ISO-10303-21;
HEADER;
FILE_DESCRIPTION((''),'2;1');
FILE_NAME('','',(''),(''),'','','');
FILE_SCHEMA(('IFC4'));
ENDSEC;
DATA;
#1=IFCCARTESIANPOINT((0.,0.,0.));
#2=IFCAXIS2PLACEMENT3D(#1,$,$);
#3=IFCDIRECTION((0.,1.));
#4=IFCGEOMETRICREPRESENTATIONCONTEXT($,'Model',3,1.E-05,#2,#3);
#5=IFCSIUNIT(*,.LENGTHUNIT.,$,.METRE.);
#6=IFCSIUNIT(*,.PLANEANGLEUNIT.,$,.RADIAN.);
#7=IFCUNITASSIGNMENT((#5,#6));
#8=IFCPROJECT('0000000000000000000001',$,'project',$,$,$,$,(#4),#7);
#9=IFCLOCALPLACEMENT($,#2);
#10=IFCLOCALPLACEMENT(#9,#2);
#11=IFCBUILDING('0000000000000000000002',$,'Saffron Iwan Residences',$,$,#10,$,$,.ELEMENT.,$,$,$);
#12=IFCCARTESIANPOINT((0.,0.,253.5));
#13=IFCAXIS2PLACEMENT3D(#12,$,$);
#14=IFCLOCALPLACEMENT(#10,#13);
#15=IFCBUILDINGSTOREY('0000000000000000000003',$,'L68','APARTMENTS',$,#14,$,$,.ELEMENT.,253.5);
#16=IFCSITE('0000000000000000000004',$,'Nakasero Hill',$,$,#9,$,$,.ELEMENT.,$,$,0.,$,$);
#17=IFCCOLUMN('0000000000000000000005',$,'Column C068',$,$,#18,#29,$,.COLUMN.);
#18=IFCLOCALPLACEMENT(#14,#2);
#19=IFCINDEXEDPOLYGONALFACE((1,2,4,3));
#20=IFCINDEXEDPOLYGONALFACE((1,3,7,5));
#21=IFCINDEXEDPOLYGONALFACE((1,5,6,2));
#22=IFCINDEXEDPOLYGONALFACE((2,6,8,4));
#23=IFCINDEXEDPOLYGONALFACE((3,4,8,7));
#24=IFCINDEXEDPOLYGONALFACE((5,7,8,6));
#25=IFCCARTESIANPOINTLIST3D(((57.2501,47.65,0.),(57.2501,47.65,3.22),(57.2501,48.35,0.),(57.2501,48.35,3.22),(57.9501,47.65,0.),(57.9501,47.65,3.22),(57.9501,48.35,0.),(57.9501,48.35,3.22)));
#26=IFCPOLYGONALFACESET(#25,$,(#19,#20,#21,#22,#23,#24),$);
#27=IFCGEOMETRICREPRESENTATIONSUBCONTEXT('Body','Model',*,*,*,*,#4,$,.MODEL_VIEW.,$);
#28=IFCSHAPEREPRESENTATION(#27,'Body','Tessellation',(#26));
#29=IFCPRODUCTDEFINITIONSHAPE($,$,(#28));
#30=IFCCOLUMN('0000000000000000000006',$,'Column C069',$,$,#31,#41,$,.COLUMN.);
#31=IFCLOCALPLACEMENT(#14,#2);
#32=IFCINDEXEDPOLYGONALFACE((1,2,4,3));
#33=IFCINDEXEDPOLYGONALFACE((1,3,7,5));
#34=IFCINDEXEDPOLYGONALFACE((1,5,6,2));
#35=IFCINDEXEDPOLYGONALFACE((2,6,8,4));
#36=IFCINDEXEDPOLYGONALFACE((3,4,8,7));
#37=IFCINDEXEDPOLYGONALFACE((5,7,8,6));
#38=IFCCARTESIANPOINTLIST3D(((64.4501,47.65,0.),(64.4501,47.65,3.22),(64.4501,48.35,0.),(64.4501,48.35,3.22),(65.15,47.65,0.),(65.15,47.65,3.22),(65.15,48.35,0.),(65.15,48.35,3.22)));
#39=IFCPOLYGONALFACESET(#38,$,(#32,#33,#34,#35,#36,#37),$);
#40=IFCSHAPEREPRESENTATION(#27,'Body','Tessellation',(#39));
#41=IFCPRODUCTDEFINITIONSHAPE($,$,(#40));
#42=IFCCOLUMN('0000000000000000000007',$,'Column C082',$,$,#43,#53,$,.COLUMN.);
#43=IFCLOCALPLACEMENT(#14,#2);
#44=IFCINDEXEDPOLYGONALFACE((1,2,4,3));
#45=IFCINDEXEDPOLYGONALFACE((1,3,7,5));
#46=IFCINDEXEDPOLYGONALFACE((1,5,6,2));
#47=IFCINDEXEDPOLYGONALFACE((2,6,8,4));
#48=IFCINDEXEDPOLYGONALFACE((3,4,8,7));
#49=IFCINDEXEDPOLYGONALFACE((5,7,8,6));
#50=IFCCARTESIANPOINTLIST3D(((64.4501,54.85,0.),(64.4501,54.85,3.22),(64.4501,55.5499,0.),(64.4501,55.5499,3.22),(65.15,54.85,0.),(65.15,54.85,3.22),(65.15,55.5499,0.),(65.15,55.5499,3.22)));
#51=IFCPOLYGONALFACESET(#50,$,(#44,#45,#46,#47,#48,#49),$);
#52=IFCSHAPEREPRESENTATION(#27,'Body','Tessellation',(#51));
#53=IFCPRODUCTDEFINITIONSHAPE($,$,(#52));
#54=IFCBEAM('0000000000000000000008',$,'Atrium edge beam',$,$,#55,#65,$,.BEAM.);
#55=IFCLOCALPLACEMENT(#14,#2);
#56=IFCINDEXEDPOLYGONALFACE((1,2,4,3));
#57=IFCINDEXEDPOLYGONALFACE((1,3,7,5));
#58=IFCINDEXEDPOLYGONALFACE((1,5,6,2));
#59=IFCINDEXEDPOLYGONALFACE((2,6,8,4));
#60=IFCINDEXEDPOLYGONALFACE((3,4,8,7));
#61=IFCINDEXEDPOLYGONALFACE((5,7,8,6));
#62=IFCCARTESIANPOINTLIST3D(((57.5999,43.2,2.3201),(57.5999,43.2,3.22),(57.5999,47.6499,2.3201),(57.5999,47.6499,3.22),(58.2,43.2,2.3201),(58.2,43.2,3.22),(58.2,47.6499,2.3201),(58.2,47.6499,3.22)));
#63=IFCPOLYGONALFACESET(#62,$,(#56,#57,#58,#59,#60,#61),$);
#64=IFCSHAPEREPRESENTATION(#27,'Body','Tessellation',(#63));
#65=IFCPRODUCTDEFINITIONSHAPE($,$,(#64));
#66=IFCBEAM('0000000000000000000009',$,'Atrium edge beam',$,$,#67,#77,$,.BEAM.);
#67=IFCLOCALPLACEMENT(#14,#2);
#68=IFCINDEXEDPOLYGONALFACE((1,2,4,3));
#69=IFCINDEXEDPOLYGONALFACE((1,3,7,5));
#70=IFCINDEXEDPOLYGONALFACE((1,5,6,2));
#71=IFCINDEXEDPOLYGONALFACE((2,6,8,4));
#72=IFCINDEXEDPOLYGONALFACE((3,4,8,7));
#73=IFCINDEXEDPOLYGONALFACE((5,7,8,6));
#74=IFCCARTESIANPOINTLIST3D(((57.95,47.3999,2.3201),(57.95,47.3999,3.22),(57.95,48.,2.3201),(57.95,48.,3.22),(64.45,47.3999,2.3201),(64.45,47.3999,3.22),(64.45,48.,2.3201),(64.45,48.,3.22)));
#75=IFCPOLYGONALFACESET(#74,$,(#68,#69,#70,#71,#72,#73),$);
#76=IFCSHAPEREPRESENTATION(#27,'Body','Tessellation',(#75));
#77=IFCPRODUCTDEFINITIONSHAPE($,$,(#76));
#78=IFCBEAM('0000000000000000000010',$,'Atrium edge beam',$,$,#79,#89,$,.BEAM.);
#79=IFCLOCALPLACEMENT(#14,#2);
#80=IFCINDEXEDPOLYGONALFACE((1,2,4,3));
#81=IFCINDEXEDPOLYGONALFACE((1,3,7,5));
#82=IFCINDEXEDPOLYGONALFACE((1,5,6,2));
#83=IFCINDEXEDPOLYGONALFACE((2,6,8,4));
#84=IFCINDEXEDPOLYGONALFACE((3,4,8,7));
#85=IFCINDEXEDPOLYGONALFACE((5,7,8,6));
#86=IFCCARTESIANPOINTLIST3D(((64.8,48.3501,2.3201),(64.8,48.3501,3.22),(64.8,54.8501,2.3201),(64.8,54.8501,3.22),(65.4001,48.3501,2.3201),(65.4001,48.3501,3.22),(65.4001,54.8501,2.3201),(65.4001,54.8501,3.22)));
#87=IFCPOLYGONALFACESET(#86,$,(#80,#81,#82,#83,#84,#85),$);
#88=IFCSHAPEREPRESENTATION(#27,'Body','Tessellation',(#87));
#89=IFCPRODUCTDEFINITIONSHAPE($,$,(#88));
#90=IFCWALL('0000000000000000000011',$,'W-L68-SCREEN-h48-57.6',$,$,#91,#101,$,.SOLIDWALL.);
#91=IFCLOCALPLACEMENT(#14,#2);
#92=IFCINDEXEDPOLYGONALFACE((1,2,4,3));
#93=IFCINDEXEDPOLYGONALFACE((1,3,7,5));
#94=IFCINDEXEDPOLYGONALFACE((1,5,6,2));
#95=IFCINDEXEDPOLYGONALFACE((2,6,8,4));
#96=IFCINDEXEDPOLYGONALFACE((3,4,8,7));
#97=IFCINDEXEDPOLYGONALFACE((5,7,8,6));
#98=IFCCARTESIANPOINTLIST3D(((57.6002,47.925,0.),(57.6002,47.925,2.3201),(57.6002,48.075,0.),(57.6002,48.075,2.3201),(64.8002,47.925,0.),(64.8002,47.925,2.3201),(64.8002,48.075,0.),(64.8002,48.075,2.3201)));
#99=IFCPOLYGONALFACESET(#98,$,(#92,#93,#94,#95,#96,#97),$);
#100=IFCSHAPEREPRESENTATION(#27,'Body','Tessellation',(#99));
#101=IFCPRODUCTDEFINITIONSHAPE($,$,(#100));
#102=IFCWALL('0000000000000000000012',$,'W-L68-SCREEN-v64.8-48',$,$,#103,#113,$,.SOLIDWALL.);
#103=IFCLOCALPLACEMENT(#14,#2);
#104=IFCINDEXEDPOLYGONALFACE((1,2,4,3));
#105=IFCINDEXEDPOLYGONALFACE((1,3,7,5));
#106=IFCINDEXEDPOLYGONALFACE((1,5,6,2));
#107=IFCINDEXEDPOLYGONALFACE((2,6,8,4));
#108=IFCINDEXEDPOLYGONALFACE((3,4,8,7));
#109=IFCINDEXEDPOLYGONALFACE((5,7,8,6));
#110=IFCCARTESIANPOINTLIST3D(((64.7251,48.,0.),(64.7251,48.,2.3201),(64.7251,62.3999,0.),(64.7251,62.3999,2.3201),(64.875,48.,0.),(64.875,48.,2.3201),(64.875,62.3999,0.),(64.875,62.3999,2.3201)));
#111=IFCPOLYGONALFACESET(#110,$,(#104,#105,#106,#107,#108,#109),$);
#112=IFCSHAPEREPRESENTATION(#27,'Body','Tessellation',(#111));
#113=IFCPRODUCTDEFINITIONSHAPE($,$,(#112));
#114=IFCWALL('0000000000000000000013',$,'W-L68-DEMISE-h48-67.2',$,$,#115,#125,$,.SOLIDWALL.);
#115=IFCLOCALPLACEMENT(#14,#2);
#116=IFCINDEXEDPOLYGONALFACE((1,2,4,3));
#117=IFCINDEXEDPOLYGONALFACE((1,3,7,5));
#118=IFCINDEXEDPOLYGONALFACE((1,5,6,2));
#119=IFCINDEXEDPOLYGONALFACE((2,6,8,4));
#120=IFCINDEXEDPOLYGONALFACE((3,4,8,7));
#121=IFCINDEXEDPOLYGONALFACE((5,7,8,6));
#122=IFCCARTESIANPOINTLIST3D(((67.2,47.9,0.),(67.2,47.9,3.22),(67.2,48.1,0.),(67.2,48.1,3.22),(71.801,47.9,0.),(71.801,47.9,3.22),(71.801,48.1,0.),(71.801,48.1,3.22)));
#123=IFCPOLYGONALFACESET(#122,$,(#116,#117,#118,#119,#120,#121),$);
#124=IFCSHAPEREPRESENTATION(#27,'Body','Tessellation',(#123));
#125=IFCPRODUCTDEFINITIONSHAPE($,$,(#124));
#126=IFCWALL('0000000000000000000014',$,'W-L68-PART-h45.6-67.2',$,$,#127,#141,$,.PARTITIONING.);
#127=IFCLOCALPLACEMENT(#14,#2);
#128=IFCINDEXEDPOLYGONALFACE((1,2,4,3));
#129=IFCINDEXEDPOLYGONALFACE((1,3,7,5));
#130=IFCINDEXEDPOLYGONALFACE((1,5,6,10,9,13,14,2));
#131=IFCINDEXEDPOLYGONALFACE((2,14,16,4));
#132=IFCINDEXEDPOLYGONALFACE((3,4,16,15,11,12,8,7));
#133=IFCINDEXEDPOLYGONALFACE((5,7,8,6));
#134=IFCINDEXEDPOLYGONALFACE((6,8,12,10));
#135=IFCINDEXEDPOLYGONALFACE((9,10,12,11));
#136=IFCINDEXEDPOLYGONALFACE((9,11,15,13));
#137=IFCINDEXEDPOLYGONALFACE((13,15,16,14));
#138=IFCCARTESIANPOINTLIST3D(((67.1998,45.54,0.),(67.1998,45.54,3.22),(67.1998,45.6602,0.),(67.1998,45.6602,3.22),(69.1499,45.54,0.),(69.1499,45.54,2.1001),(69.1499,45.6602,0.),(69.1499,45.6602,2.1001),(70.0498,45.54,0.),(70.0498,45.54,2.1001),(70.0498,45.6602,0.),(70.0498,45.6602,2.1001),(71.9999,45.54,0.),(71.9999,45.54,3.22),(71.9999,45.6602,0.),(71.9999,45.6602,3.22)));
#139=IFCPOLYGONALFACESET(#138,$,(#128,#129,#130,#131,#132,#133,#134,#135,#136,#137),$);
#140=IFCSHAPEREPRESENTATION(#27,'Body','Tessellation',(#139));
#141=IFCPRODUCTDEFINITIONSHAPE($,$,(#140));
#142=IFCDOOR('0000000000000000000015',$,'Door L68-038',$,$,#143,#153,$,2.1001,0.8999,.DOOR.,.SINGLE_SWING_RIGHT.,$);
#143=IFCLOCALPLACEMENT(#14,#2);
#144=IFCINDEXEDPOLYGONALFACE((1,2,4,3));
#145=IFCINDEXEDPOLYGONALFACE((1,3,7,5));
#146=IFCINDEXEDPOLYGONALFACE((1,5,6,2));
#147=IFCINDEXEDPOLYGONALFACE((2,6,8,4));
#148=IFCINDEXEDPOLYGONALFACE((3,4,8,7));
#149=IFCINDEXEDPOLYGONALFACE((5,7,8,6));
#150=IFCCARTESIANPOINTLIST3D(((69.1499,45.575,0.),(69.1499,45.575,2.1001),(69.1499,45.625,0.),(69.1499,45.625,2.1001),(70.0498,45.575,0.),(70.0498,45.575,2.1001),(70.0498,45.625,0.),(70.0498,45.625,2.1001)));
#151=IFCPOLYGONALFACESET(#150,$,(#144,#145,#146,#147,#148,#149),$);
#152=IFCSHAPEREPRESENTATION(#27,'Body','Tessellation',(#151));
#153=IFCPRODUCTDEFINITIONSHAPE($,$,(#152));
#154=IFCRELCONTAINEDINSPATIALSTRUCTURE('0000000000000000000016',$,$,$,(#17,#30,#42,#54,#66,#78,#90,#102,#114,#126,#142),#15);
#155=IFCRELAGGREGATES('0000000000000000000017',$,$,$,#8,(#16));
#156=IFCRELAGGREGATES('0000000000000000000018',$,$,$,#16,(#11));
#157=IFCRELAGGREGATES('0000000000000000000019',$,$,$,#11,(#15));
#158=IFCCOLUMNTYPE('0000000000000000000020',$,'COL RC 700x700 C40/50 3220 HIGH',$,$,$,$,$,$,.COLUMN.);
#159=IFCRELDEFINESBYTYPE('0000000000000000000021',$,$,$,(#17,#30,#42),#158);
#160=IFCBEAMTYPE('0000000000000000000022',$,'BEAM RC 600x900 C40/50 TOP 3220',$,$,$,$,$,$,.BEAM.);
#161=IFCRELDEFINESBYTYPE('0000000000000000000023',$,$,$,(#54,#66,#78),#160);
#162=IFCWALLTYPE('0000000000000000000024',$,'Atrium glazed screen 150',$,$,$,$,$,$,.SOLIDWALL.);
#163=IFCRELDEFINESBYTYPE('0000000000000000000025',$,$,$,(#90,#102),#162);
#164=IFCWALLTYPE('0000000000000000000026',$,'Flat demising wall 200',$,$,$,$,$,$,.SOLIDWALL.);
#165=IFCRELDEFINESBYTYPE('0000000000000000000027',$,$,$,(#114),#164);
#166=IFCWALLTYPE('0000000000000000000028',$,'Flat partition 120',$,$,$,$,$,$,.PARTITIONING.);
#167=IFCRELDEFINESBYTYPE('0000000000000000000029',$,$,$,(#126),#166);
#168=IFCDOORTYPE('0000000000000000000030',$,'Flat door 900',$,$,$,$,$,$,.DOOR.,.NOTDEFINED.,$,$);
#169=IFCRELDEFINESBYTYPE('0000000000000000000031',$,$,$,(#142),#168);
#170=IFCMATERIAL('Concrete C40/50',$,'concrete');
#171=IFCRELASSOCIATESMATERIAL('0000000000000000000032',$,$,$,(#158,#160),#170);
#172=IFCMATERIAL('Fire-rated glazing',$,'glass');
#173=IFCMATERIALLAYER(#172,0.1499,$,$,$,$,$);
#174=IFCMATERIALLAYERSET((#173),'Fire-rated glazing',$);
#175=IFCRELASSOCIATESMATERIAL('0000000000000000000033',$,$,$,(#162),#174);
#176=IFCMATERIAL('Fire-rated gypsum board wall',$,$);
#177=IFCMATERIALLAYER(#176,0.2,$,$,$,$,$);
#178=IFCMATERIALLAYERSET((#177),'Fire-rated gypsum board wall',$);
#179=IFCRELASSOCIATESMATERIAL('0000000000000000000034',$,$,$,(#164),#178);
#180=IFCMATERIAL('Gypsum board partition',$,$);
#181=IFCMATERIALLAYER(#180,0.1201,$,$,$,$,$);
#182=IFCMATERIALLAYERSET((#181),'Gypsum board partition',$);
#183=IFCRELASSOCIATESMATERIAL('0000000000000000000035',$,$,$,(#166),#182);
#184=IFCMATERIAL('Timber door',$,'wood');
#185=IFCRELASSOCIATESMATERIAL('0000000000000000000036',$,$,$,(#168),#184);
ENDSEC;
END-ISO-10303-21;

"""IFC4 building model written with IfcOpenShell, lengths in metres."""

from ifc_helpers import new_model, si_unit, direction, frame, frame_2d, origin, origin_2d, place, context, subcontext, project, spatial, rectangle, extrude, source, transform, mapped, material, layer, layer_set, material_profile, profile_set, type_object, element, fill, save


model = new_model("IFC4")

# Units and contexts
model_context = context("Model", 3, precision=1e-05, world=origin(), true_north=direction((0.0, 1.0)))
body_context = subcontext(model_context, "Body", "Model", "MODEL_VIEW")
ifc_project = project(units=[si_unit("LENGTHUNIT", "METRE"), si_unit("PLANEANGLEUNIT", "RADIAN")], contexts=[model_context])

# Site, building, storey
site_placement = place(None, origin())
site = spatial("IfcSite", under=ifc_project, at=site_placement, Name="Nakasero Hill", CompositionType="ELEMENT", RefElevation=0.0)
building_placement = place(site_placement, origin())
building = spatial("IfcBuilding", under=site, at=building_placement, Name="Saffron Iwan Residences", CompositionType="ELEMENT")
storey_placement = place(building_placement, frame((0.0, 0.0, 253.5)))
storey = spatial("IfcBuildingStorey", under=building, at=storey_placement, Name="L68", Description="APARTMENTS", CompositionType="ELEMENT", Elevation=253.5)

# Columns
ifc_material_1 = material(Name="Concrete C40/50", Category="concrete")
ifc_material_profile_1 = material_profile(ifc_material_1, rectangle(XDim=0.7, YDim=0.7, at=origin_2d()), Name="RC 700x700")
ifc_profile_set_1 = profile_set([ifc_material_profile_1], Name="Concrete C40/50")
column_type = type_object("IfcColumnType", Name="COL RC 700x700 C40/50 3220 HIGH", PredefinedType="COLUMN", material=ifc_profile_set_1)
shared_shape_1 = source(origin(), body_context, "Body", "SweptSolid", [
    extrude(rectangle(XDim=0.7, YDim=0.7, at=origin_2d()), origin(), (0.0, 0.0, 1.0), 3.22),
])
for number, where, z_axis, x_axis, name in (
    (1, (57.6001, 48.0, 0.0), (0.0, 0.0, 1.0), (1.0, 0.0, 0.0), "Column C068"),
    (2, (64.8, 48.0, 0.0), (0.0, 0.0, 1.0), (1.0, 0.0, 0.0), "Column C069"),
    (3, (64.8, 55.2, 0.0), (0.0, 0.0, 1.0), (1.0, 0.0, 0.0), "Column C082"),
):
    element("IfcColumn", number, at=place(storey_placement, frame(where, z_axis=z_axis, x_axis=x_axis)), inside=storey, type_object=column_type, Name=name, PredefinedType="COLUMN", context=body_context, shape_type="MappedRepresentation", body=[
        mapped(shared_shape_1, transform((0.0, 0.0, 0.0))),
    ])

# Beams
ifc_material_profile_2 = material_profile(ifc_material_1, rectangle(XDim=0.6001, YDim=0.8999, at=origin_2d()), Name="RC 600x900")
ifc_profile_set_2 = profile_set([ifc_material_profile_2], Name="Concrete C40/50")
beam_type = type_object("IfcBeamType", Name="BEAM RC 600x900 C40/50 TOP 3220", PredefinedType="BEAM", material=ifc_profile_set_2)
shared_shape_2 = source(origin(), body_context, "Body", "SweptSolid", [
    extrude(rectangle(XDim=0.6001, YDim=0.8999, at=origin_2d()), origin(), (0.0, 0.0, 1.0), 4.45),
])
beam_placement = place(storey_placement, frame((57.8999, 47.6499, 2.77), z_axis=(0.0, -1.0, 0.0), x_axis=(1.0, 0.0, 0.0)))
element("IfcBeam", 4, at=beam_placement, inside=storey, type_object=beam_type, Name="Atrium edge beam", PredefinedType="BEAM", context=body_context, shape_type="MappedRepresentation", body=[
    mapped(shared_shape_2, transform((0.0, 0.0, 0.0))),
])
shared_shape_3 = source(origin(), body_context, "Body", "SweptSolid", [
    extrude(rectangle(XDim=0.6001, YDim=0.8999, at=origin_2d()), origin(), (0.0, 0.0, 1.0), 6.5),
])
for number, where, z_axis, x_axis, name in (
    (5, (64.45, 47.7, 2.77), (-1.0, 0.0, 0.0), (0.0, -1.0, 0.0), "Atrium edge beam"),
    (6, (65.1001, 54.8501, 2.77), (0.0, -1.0, 0.0), (1.0, 0.0, 0.0), "Atrium edge beam"),
):
    element("IfcBeam", number, at=place(storey_placement, frame(where, z_axis=z_axis, x_axis=x_axis)), inside=storey, type_object=beam_type, Name=name, PredefinedType="BEAM", context=body_context, shape_type="MappedRepresentation", body=[
        mapped(shared_shape_3, transform((0.0, 0.0, 0.0))),
    ])

# Walls
ifc_material_2 = material(Name="Fire-rated glazing", Category="glass")
ifc_layer_1 = layer(ifc_material_2, 0.1499)
ifc_layer_set_1 = layer_set([ifc_layer_1], Name="Fire-rated glazing")
wall_type_1 = type_object("IfcWallType", Name="Atrium glazed screen 150", PredefinedType="SOLIDWALL", material=ifc_layer_set_1)
wall_1_placement = place(storey_placement, frame((57.6001, 48.0, 0.0), z_axis=(0.0, 0.0, 1.0), x_axis=(1.0, 0.0, 0.0)))
element("IfcWall", 7, at=wall_1_placement, inside=storey, type_object=wall_type_1, Name="W-L68-SCREEN-h48-57.6", PredefinedType="SOLIDWALL", context=body_context, shape_type="SweptSolid", body=[
    extrude(rectangle(XDim=7.2, YDim=0.1499, at=frame_2d((3.6001, 0.0))), origin(), (0.0, 0.0, 1.0), 2.3201),
])
wall_2_placement = place(storey_placement, frame((64.8, 48.0, 0.0), z_axis=(0.0, 0.0, 1.0), x_axis=(0.0, 1.0, 0.0)))
element("IfcWall", 8, at=wall_2_placement, inside=storey, type_object=wall_type_1, Name="W-L68-SCREEN-v64.8-48", PredefinedType="SOLIDWALL", context=body_context, shape_type="SweptSolid", body=[
    extrude(rectangle(XDim=14.3999, YDim=0.1499, at=frame_2d((7.2, 0.0))), origin(), (0.0, 0.0, 1.0), 2.3201),
])
ifc_material_3 = material(Name="Fire-rated gypsum board wall")
ifc_layer_2 = layer(ifc_material_3, 0.2)
ifc_layer_set_2 = layer_set([ifc_layer_2], Name="Fire-rated gypsum board wall")
wall_type_2 = type_object("IfcWallType", Name="Flat demising wall 200", PredefinedType="SOLIDWALL", material=ifc_layer_set_2)
wall_3_placement = place(storey_placement, frame((67.2, 48.0, 0.0), z_axis=(0.0, 0.0, 1.0), x_axis=(1.0, 0.0, 0.0)))
element("IfcWall", 9, at=wall_3_placement, inside=storey, type_object=wall_type_2, Name="W-L68-DEMISE-h48-67.2", PredefinedType="SOLIDWALL", context=body_context, shape_type="SweptSolid", body=[
    extrude(rectangle(XDim=4.6011, YDim=0.2, at=frame_2d((2.3005, 0.0))), origin(), (0.0, 0.0, 1.0), 3.22),
])

# Wall, opening, door
ifc_material_4 = material(Name="Gypsum board partition")
ifc_layer_3 = layer(ifc_material_4, 0.1201)
ifc_layer_set_3 = layer_set([ifc_layer_3], Name="Gypsum board partition")
wall_type_3 = type_object("IfcWallType", Name="Flat partition 120", PredefinedType="PARTITIONING", material=ifc_layer_set_3)
wall_4_placement = place(storey_placement, frame((67.2, 45.6001, 0.0), z_axis=(0.0, 0.0, 1.0), x_axis=(1.0, 0.0, 0.0)))
wall_4 = element("IfcWall", 10, at=wall_4_placement, inside=storey, type_object=wall_type_3, Name="W-L68-PART-h45.6-67.2", PredefinedType="PARTITIONING", context=body_context, shape_type="SweptSolid", body=[
    extrude(rectangle(XDim=4.8, YDim=0.1201, at=frame_2d((2.3999, 0.0))), origin(), (0.0, 0.0, 1.0), 3.22),
])
opening_1_placement = place(wall_4_placement, frame((1.95, 0.0, 0.0)))
opening_1 = element("IfcOpeningElement", 11, at=opening_1_placement, cuts=wall_4, PredefinedType="OPENING", context=body_context, shape_type="SweptSolid", body=[
    extrude(rectangle(XDim=0.8999, YDim=2.1001, at=frame_2d((0.45, 1.05))), frame((0.0, 0.0701, 0.0), z_axis=(0.0, -1.0, 0.0), x_axis=(1.0, 0.0, 0.0)), (0.0, 0.0, 1.0), 0.1401),
])
ifc_material_5 = material(Name="Timber door", Category="wood")
door_type_1 = type_object("IfcDoorType", Name="Flat door 900", OperationType="NOTDEFINED", PredefinedType="DOOR", material=ifc_material_5)
door_1_placement = place(opening_1_placement, origin())
door_1 = element("IfcDoor", 12, at=door_1_placement, inside=storey, type_object=door_type_1, Name="Door L68-038", OperationType="SINGLE_SWING_RIGHT", OverallHeight=2.1001, OverallWidth=0.8999, PredefinedType="DOOR", context=body_context, shape_type="SweptSolid", body=[
    extrude(rectangle(XDim=0.8999, YDim=2.1001, at=frame_2d((0.45, 1.05))), frame((0.0, 0.0249, 0.0), z_axis=(0.0, -1.0, 0.0), x_axis=(1.0, 0.0, 0.0)), (0.0, 0.0, 1.0), 0.05),
])
fill(opening_1, door_1)

save(model, "model.ifc")
